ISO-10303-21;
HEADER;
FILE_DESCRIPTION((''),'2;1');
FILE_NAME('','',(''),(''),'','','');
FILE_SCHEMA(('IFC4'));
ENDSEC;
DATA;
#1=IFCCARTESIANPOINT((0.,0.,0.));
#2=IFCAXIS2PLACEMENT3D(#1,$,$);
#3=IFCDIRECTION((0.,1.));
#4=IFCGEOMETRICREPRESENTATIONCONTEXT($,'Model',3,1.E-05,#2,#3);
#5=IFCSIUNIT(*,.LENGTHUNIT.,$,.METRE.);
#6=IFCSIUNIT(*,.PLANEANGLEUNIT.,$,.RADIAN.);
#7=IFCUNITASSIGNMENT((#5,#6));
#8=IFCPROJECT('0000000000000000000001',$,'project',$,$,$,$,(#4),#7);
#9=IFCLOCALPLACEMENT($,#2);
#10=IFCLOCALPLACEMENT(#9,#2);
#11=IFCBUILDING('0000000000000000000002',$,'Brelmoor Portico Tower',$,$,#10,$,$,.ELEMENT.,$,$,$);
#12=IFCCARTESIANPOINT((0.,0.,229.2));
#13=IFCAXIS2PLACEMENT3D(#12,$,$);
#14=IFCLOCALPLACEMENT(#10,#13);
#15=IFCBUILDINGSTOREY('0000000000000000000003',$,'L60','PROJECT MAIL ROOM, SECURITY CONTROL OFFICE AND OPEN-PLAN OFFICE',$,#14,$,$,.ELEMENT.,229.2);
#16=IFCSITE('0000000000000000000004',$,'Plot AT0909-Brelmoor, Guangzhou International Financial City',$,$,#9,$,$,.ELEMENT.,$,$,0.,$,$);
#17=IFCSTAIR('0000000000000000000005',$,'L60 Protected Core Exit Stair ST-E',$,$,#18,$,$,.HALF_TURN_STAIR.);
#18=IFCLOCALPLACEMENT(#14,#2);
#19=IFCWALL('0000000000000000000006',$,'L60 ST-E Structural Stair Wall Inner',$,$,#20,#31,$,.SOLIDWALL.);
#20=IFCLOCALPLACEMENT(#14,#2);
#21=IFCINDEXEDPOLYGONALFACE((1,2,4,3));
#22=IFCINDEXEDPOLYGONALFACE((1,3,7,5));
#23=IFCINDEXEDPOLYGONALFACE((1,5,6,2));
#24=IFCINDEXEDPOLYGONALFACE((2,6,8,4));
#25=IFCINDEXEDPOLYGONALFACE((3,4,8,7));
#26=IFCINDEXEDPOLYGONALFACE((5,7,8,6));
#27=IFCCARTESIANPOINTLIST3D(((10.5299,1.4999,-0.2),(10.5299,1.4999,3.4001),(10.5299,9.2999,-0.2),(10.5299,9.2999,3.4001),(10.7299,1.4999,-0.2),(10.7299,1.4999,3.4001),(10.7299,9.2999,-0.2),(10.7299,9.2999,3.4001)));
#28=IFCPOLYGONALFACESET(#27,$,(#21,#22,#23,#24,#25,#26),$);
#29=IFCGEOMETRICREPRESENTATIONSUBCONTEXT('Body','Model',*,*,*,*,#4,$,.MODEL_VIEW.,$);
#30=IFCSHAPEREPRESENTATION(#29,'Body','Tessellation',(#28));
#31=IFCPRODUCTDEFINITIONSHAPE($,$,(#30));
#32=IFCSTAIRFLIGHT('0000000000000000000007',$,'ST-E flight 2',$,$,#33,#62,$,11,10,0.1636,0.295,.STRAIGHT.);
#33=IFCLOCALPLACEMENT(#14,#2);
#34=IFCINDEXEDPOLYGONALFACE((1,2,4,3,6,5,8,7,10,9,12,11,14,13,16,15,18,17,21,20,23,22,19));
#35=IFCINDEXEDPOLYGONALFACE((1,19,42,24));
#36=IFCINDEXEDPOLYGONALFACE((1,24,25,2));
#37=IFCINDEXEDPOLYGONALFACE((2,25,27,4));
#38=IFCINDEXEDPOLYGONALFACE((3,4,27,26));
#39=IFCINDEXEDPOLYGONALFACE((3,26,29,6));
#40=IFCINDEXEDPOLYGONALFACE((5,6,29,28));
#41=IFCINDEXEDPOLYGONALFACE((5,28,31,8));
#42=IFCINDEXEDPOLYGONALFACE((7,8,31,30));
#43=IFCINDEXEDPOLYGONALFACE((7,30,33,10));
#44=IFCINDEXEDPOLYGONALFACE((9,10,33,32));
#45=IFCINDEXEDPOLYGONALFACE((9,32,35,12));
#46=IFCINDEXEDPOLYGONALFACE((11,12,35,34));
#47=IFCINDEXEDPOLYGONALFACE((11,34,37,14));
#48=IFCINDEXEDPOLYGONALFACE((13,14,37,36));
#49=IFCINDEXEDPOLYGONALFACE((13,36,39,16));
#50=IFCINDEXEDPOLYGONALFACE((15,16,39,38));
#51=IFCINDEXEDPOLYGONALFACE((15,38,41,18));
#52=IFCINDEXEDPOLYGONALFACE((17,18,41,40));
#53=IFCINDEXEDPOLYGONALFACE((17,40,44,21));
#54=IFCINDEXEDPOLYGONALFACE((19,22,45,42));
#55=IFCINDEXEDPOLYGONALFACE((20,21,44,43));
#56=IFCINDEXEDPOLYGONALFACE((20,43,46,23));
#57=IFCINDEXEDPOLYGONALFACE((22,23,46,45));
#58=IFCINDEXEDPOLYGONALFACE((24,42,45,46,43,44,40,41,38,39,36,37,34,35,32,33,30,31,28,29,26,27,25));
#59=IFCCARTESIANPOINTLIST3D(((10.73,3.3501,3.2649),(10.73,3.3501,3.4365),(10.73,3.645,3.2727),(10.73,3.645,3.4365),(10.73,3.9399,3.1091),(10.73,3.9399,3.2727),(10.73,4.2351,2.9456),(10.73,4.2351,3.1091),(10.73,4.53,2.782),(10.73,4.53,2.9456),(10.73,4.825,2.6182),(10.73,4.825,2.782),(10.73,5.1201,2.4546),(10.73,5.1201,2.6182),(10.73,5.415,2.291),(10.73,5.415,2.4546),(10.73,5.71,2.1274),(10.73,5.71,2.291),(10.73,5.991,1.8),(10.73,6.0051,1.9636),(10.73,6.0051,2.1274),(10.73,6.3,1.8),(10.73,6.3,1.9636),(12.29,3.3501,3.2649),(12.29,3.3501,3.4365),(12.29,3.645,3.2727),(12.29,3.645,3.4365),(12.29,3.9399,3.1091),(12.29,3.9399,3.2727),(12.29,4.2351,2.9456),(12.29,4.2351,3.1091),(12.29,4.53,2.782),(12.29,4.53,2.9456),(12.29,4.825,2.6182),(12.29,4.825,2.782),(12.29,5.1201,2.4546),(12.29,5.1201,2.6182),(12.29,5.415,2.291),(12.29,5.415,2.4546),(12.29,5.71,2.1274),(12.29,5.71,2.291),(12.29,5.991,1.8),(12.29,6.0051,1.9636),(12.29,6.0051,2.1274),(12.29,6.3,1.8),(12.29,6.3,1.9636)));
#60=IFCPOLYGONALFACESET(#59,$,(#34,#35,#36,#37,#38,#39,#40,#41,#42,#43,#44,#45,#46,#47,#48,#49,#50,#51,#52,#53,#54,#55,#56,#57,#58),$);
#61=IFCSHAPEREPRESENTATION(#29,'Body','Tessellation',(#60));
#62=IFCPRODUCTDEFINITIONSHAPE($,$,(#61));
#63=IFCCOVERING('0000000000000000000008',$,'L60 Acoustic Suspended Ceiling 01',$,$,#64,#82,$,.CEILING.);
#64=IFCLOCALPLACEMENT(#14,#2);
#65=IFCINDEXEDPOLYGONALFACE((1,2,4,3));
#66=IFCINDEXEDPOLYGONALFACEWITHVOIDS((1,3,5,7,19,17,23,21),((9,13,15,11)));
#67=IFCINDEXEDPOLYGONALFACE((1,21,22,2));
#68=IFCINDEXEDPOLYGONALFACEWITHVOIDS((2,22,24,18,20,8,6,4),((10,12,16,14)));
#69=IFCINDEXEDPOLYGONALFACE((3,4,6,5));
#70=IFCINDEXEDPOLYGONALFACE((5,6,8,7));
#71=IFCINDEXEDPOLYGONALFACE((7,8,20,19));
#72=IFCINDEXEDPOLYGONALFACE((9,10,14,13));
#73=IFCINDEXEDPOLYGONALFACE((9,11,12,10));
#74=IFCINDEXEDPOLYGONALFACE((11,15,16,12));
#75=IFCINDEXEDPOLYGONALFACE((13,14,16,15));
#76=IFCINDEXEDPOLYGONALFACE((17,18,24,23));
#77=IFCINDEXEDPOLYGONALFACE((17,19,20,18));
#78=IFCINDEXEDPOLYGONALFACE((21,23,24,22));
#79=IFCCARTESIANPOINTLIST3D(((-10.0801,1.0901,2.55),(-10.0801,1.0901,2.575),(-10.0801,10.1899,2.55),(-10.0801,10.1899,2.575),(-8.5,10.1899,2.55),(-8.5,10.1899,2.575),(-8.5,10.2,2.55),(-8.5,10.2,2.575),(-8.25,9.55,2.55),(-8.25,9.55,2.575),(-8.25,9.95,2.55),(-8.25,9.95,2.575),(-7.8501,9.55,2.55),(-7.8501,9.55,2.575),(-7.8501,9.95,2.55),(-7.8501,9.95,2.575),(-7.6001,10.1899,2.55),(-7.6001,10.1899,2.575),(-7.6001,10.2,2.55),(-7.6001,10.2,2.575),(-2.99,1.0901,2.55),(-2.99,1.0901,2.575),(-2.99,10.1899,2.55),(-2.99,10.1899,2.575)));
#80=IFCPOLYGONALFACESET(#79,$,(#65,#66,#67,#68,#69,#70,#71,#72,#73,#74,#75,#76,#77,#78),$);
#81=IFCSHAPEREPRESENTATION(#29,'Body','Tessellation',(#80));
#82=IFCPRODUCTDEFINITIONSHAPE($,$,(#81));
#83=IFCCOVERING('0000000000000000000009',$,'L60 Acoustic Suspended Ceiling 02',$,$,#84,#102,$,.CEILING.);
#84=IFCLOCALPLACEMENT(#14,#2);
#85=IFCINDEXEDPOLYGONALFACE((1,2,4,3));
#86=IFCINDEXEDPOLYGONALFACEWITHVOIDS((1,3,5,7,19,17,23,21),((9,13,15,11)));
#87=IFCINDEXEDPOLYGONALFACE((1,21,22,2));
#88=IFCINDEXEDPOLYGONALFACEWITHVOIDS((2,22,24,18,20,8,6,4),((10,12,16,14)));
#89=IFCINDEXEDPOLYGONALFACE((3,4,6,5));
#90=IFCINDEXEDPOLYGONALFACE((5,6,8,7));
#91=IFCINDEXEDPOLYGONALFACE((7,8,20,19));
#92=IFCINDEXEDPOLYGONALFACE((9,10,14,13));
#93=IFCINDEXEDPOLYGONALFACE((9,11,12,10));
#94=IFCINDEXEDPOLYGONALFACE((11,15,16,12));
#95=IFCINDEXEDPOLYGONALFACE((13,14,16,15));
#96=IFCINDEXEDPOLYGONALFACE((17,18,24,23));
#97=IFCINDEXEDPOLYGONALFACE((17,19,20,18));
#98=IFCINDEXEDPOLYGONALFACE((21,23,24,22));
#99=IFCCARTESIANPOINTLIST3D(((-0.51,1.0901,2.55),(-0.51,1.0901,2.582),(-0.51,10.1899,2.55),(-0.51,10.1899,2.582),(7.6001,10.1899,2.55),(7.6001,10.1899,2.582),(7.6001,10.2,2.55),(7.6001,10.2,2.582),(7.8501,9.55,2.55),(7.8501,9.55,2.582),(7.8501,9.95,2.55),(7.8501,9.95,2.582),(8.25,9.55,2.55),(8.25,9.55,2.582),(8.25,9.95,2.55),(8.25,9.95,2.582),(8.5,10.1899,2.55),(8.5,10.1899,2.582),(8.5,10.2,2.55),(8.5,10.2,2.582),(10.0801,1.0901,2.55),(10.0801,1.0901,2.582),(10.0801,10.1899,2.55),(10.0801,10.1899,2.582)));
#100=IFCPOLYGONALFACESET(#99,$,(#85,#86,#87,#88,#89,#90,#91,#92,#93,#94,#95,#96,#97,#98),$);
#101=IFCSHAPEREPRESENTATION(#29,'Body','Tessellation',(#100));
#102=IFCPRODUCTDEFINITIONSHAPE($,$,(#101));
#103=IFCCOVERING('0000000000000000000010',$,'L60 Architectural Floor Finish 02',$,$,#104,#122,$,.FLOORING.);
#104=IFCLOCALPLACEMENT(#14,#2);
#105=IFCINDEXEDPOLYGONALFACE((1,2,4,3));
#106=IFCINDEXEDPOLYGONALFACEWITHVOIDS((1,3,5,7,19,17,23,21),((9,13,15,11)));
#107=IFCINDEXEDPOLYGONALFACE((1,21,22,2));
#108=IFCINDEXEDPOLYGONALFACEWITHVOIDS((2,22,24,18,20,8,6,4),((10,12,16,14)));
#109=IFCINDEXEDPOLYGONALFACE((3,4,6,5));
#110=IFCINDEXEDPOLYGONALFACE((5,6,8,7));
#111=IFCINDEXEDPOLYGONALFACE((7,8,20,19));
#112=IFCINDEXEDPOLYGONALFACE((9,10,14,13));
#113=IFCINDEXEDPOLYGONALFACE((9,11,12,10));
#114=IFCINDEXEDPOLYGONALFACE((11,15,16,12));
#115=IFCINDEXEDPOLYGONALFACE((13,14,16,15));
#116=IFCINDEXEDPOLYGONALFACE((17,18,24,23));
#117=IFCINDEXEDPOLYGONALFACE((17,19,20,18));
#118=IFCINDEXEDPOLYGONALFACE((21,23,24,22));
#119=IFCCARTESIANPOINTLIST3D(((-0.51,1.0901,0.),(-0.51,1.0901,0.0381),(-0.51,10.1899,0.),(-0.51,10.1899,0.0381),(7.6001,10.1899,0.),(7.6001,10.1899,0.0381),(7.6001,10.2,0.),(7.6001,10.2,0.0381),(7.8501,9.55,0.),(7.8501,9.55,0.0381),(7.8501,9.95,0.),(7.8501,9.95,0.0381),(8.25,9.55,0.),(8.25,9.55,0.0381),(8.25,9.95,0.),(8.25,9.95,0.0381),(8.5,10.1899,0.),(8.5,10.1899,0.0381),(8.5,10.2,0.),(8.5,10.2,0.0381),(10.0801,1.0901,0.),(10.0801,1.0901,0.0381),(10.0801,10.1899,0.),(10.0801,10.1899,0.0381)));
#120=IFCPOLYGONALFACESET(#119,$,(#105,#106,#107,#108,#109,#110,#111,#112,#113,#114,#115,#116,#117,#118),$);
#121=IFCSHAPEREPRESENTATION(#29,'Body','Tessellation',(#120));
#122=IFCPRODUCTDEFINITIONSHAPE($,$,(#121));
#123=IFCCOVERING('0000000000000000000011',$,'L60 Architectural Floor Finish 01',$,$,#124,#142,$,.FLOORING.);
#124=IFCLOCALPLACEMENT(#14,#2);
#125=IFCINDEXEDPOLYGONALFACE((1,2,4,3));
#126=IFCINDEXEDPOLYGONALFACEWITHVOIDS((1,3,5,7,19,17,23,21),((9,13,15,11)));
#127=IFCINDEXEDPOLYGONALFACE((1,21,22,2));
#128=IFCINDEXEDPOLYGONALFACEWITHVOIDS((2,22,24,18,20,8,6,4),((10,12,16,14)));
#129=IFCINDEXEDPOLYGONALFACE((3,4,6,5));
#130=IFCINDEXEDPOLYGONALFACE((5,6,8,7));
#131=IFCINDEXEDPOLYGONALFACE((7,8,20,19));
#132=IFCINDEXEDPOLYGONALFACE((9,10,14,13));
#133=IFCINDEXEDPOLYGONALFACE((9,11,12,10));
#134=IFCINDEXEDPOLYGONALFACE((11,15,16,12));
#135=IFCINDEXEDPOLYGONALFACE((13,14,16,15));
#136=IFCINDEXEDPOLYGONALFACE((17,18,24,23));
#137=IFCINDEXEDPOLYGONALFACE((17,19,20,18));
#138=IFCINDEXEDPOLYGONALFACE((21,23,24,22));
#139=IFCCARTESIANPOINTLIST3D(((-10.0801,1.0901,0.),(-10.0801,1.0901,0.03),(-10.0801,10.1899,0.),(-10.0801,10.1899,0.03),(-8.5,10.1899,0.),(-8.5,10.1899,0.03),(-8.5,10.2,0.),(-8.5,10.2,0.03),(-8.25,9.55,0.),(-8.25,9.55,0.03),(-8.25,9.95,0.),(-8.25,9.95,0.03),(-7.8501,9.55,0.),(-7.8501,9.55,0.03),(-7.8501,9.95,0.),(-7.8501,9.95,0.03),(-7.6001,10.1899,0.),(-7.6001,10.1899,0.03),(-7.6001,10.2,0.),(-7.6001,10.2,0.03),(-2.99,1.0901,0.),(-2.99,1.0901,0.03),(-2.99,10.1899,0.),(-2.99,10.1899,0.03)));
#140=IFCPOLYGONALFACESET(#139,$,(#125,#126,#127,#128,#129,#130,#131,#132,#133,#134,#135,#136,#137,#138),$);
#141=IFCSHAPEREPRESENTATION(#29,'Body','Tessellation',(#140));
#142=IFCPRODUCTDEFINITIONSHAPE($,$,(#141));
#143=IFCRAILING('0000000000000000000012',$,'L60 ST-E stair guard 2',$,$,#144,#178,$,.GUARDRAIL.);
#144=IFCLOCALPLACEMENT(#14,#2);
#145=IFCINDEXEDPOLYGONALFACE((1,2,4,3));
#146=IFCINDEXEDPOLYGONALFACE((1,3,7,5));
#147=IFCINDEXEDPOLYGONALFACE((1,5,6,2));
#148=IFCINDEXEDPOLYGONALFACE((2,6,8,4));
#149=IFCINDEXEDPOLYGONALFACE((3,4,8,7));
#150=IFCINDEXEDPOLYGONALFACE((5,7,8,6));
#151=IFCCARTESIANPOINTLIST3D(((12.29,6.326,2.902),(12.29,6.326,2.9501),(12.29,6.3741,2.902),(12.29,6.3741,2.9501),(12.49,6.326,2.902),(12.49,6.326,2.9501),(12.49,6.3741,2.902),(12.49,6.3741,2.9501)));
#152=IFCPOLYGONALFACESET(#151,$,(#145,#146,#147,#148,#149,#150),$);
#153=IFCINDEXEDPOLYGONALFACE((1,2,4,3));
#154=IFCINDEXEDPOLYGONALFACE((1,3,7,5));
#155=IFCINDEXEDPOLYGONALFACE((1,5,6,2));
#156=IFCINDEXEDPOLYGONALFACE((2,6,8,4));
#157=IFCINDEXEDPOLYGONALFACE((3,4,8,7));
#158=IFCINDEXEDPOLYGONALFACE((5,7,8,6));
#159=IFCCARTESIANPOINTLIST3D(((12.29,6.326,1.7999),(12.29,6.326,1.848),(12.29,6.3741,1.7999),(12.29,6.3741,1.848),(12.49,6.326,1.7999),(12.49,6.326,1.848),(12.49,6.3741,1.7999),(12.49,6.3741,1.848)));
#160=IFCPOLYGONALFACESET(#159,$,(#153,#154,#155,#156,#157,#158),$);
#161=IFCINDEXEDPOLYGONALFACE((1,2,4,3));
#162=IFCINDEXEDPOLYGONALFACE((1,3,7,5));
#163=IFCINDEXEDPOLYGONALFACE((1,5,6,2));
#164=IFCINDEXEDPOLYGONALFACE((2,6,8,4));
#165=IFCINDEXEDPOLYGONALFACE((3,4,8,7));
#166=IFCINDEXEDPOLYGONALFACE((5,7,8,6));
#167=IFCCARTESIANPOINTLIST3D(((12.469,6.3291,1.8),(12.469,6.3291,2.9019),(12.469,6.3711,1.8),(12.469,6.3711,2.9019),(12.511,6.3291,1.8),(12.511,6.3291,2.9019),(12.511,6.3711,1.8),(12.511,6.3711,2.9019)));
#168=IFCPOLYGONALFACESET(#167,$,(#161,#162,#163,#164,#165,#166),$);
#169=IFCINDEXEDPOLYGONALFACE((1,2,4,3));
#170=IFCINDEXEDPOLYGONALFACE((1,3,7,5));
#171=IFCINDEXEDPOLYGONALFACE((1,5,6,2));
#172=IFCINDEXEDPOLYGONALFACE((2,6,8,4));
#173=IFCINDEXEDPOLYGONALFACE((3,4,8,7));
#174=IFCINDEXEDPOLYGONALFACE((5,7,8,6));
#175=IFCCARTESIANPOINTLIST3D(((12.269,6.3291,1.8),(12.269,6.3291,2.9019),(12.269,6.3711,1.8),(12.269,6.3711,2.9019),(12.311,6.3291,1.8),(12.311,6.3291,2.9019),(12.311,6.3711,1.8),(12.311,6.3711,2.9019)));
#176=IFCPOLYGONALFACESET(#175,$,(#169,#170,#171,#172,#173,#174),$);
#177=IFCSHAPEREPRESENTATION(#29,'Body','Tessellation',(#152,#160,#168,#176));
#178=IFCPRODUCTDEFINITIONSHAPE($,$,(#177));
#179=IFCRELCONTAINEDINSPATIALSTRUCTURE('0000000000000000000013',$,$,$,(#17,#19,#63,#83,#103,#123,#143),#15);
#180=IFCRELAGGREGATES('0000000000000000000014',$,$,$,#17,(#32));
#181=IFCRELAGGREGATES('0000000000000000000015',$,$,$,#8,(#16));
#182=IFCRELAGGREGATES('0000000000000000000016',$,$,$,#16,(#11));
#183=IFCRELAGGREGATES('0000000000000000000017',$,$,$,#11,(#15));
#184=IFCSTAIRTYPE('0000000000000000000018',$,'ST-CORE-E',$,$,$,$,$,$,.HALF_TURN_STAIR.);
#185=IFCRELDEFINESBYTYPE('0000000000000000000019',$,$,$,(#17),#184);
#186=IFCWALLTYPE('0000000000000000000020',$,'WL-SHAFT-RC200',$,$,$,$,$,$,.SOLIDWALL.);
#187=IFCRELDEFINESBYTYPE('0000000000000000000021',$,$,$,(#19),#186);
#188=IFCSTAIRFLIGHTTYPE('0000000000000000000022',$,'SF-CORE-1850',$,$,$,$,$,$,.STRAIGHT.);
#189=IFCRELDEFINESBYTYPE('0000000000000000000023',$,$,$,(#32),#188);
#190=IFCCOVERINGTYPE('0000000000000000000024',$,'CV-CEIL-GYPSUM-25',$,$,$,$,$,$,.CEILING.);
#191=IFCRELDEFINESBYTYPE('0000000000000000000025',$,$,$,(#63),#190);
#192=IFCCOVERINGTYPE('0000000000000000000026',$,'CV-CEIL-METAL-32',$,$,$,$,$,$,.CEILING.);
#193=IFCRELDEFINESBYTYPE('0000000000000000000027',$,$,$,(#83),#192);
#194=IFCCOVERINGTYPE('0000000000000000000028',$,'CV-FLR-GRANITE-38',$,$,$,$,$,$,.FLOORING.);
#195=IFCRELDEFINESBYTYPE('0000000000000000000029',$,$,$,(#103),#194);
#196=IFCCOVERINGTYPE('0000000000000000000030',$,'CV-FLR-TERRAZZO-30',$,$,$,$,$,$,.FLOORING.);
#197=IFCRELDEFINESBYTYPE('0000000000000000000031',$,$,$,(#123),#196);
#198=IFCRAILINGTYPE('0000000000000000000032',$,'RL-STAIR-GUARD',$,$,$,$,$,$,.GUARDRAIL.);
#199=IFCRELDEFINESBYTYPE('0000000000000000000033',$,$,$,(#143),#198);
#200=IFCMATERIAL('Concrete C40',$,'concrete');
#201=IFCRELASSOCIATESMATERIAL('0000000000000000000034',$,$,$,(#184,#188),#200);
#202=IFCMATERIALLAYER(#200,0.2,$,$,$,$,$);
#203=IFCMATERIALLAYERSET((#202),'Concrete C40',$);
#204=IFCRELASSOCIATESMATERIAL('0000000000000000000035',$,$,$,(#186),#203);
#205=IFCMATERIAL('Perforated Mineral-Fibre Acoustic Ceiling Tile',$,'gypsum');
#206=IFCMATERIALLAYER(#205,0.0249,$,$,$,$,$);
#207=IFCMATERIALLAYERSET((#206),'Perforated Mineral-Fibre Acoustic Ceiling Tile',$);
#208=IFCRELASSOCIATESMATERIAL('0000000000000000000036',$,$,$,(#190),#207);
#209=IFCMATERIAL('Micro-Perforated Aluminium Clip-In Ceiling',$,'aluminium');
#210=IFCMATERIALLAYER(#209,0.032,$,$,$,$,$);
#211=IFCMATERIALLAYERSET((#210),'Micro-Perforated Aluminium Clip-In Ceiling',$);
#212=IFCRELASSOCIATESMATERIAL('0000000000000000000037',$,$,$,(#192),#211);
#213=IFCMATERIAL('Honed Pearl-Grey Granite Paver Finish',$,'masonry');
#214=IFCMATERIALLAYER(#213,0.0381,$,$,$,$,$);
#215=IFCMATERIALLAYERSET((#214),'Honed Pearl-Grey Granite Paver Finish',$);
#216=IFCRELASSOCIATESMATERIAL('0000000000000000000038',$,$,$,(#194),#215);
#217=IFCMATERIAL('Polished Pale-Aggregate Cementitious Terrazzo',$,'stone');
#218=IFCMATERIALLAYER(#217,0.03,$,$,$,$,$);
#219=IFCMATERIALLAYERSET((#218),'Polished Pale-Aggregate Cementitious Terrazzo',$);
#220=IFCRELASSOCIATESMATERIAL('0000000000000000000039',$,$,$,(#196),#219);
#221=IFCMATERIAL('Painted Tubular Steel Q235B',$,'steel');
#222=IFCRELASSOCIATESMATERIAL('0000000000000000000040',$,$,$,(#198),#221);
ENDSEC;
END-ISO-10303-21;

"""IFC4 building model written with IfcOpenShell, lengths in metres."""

from ifc_helpers import new_model, si_unit, direction, frame, frame_2d, origin, origin_2d, place, context, subcontext, project, spatial, polyline, rectangle, outline, extrude, material, layer, layer_set, type_object, element, aggregate, save


model = new_model("IFC4")

# Units and contexts
model_context = context("Model", 3, precision=1e-05, world=origin(), true_north=direction((0.0, 1.0)))
body_context = subcontext(model_context, "Body", "Model", "MODEL_VIEW")
ifc_project = project(units=[si_unit("LENGTHUNIT", "METRE"), si_unit("PLANEANGLEUNIT", "RADIAN")], contexts=[model_context])

# Site, building, storey
site_placement = place(None, origin())
site = spatial("IfcSite", under=ifc_project, at=site_placement, Name="Plot AT0909-Brelmoor, Guangzhou International Financial City", CompositionType="ELEMENT", RefElevation=0.0)
building_placement = place(site_placement, origin())
building = spatial("IfcBuilding", under=site, at=building_placement, Name="Brelmoor Portico Tower", CompositionType="ELEMENT")
storey_placement = place(building_placement, frame((0.0, 0.0, 229.2)))
storey = spatial("IfcBuildingStorey", under=building, at=storey_placement, Name="L60", Description="PROJECT MAIL ROOM, SECURITY CONTROL OFFICE AND OPEN-PLAN OFFICE", CompositionType="ELEMENT", Elevation=229.2)

# Stair
ifc_material_1 = material(Name="Concrete C40", Category="concrete")
stair_type_1 = type_object("IfcStairType", Name="ST-CORE-E", PredefinedType="HALF_TURN_STAIR", material=ifc_material_1)
stair_1_placement = place(storey_placement, origin())
stair_1 = element("IfcStair", 1, at=stair_1_placement, inside=storey, type_object=stair_type_1, Name="L60 Protected Core Exit Stair ST-E", PredefinedType="HALF_TURN_STAIR")

# Shared definitions
ifc_layer_1 = layer(ifc_material_1, 0.2)
ifc_layer_set_1 = layer_set([ifc_layer_1], Name="Concrete C40")
wall_type = type_object("IfcWallType", Name="WL-SHAFT-RC200", PredefinedType="SOLIDWALL", material=ifc_layer_set_1)

# Wall
wall_1_placement = place(storey_placement, frame((10.6299, 1.5, -0.2), z_axis=(0.0, 0.0, 1.0), x_axis=(0.0, 1.0, 0.0)))
element("IfcWall", 2, at=wall_1_placement, inside=storey, type_object=wall_type, Name="L60 ST-E Structural Stair Wall Inner", PredefinedType="SOLIDWALL", context=body_context, shape_type="SweptSolid", body=[
    extrude(rectangle(XDim=7.8, YDim=0.2, at=frame_2d((3.8999, 0.0))), origin(), (0.0, 0.0, 1.0), 3.6001),
])

# Stair flight
stair_flight_type = type_object("IfcStairFlightType", Name="SF-CORE-1850", PredefinedType="STRAIGHT", material=ifc_material_1)
stair_flight_placement = place(storey_placement, frame((11.51, 6.3, 1.8), z_axis=(0.0, 0.0, 1.0), x_axis=(0.0, -1.0, 0.0)))
stair_flight = element("IfcStairFlight", 3, at=stair_flight_placement, type_object=stair_flight_type, Name="ST-E flight 2", NumberOfRisers=11, NumberOfTreads=10, PredefinedType="STRAIGHT", RiserHeight=0.1636, TreadLength=0.295, context=body_context, shape_type="SweptSolid", body=[
    extrude(outline(polyline([(0.0, 0.0), (0.0, 0.1636), (0.2949, 0.1636), (0.2949, 0.3274), (0.5901, 0.3274), (0.5901, 0.491), (0.885, 0.491), (0.885, 0.6545), (1.1799, 0.6545), (1.1799, 0.8181), (1.4751, 0.8181), (1.4751, 0.9819), (1.77, 0.9819), (1.77, 1.1455), (2.0649, 1.1455), (2.0649, 1.3091), (2.3601, 1.3091), (2.3601, 1.4727), (2.655, 1.4727), (2.655, 1.6365), (2.95, 1.6365), (2.95, 1.8), (2.95, 1.4648), (0.3091, 0.0), (0.0, 0.0)])), frame((0.0, 0.78, 0.0), z_axis=(0.0, -1.0, 0.0), x_axis=(1.0, 0.0, 0.0)), (0.0, 0.0, 1.0), 1.5601),
])
aggregate(stair_1, [stair_flight])

# Coverings
ifc_material_2 = material(Name="Perforated Mineral-Fibre Acoustic Ceiling Tile", Category="gypsum")
ifc_layer_2 = layer(ifc_material_2, 0.0249)
ifc_layer_set_2 = layer_set([ifc_layer_2], Name="Perforated Mineral-Fibre Acoustic Ceiling Tile")
covering_type_1 = type_object("IfcCoveringType", Name="CV-CEIL-GYPSUM-25", PredefinedType="CEILING", material=ifc_layer_set_2)
covering_1_placement = place(storey_placement, frame((0.0, 0.0, 2.55)))
element("IfcCovering", 4, at=covering_1_placement, inside=storey, type_object=covering_type_1, Name="L60 Acoustic Suspended Ceiling 01", PredefinedType="CEILING", context=body_context, shape_type="SweptSolid", body=[
    extrude(outline(polyline([(-10.0801, 10.1899), (-8.5, 10.1899), (-8.5, 10.2), (-7.6001, 10.2), (-7.6001, 10.1899), (-2.99, 10.1899), (-2.99, 1.0901), (-10.0801, 1.0901), (-10.0801, 10.1899)]), holes=[polyline([(-7.8501, 9.55), (-7.8501, 9.95), (-8.25, 9.95), (-8.25, 9.55), (-7.8501, 9.55)])]), origin(), (0.0, 0.0, 1.0), 0.0249),
])
ifc_material_3 = material(Name="Micro-Perforated Aluminium Clip-In Ceiling", Category="aluminium")
ifc_layer_3 = layer(ifc_material_3, 0.032)
ifc_layer_set_3 = layer_set([ifc_layer_3], Name="Micro-Perforated Aluminium Clip-In Ceiling")
covering_type_2 = type_object("IfcCoveringType", Name="CV-CEIL-METAL-32", PredefinedType="CEILING", material=ifc_layer_set_3)
covering_2_placement = place(storey_placement, frame((0.0, 0.0, 2.55)))
element("IfcCovering", 5, at=covering_2_placement, inside=storey, type_object=covering_type_2, Name="L60 Acoustic Suspended Ceiling 02", PredefinedType="CEILING", context=body_context, shape_type="SweptSolid", body=[
    extrude(outline(polyline([(-0.51, 10.1899), (7.6001, 10.1899), (7.6001, 10.2), (8.5, 10.2), (8.5, 10.1899), (10.0801, 10.1899), (10.0801, 1.0901), (-0.51, 1.0901), (-0.51, 10.1899)]), holes=[polyline([(8.25, 9.55), (8.25, 9.95), (7.8501, 9.95), (7.8501, 9.55), (8.25, 9.55)])]), origin(), (0.0, 0.0, 1.0), 0.032),
])
ifc_material_4 = material(Name="Honed Pearl-Grey Granite Paver Finish", Category="masonry")
ifc_layer_4 = layer(ifc_material_4, 0.0381)
ifc_layer_set_4 = layer_set([ifc_layer_4], Name="Honed Pearl-Grey Granite Paver Finish")
covering_type_3 = type_object("IfcCoveringType", Name="CV-FLR-GRANITE-38", PredefinedType="FLOORING", material=ifc_layer_set_4)
covering_3_placement = place(storey_placement, origin())
element("IfcCovering", 6, at=covering_3_placement, inside=storey, type_object=covering_type_3, Name="L60 Architectural Floor Finish 02", PredefinedType="FLOORING", context=body_context, shape_type="SweptSolid", body=[
    extrude(outline(polyline([(-0.51, 10.1899), (7.6001, 10.1899), (7.6001, 10.2), (8.5, 10.2), (8.5, 10.1899), (10.0801, 10.1899), (10.0801, 1.0901), (-0.51, 1.0901), (-0.51, 10.1899)]), holes=[polyline([(8.25, 9.55), (8.25, 9.95), (7.8501, 9.95), (7.8501, 9.55), (8.25, 9.55)])]), origin(), (0.0, 0.0, 1.0), 0.0381),
])
ifc_material_5 = material(Name="Polished Pale-Aggregate Cementitious Terrazzo", Category="stone")
ifc_layer_5 = layer(ifc_material_5, 0.03)
ifc_layer_set_5 = layer_set([ifc_layer_5], Name="Polished Pale-Aggregate Cementitious Terrazzo")
covering_type_4 = type_object("IfcCoveringType", Name="CV-FLR-TERRAZZO-30", PredefinedType="FLOORING", material=ifc_layer_set_5)
covering_4_placement = place(storey_placement, origin())
element("IfcCovering", 7, at=covering_4_placement, inside=storey, type_object=covering_type_4, Name="L60 Architectural Floor Finish 01", PredefinedType="FLOORING", context=body_context, shape_type="SweptSolid", body=[
    extrude(outline(polyline([(-10.0801, 10.1899), (-8.5, 10.1899), (-8.5, 10.2), (-7.6001, 10.2), (-7.6001, 10.1899), (-2.99, 10.1899), (-2.99, 1.0901), (-10.0801, 1.0901), (-10.0801, 10.1899)]), holes=[polyline([(-7.8501, 9.55), (-7.8501, 9.95), (-8.25, 9.95), (-8.25, 9.55), (-7.8501, 9.55)])]), origin(), (0.0, 0.0, 1.0), 0.03),
])

# Railing
ifc_material_6 = material(Name="Painted Tubular Steel Q235B", Category="steel")
railing_type_1 = type_object("IfcRailingType", Name="RL-STAIR-GUARD", PredefinedType="GUARDRAIL", material=ifc_material_6)
railing_1_placement = place(storey_placement, frame((12.49, 6.3501, 1.8)))
element("IfcRailing", 8, at=railing_1_placement, inside=storey, type_object=railing_type_1, Name="L60 ST-E stair guard 2", PredefinedType="GUARDRAIL", context=body_context, shape_type="SweptSolid", body=[
    extrude(rectangle(XDim=0.0481, YDim=0.0481, at=origin_2d()), frame((0.0, 0.0, 1.126), z_axis=(-1.0, 0.0, 0.0), x_axis=(0.0, -1.0, 0.0)), (0.0, 0.0, 1.0), 0.2),
    extrude(rectangle(XDim=0.0481, YDim=0.0481, at=origin_2d()), frame((0.0, 0.0, 0.0239), z_axis=(-1.0, 0.0, 0.0), x_axis=(0.0, -1.0, 0.0)), (0.0, 0.0, 1.0), 0.2),
    extrude(rectangle(XDim=0.042, YDim=0.042, at=origin_2d()), origin(), (0.0, 0.0, 1.0), 1.1018),
    extrude(rectangle(XDim=0.042, YDim=0.042, at=origin_2d()), frame((-0.2, 0.0, 0.0)), (0.0, 0.0, 1.0), 1.1018),
])

save(model, "model.ifc")
